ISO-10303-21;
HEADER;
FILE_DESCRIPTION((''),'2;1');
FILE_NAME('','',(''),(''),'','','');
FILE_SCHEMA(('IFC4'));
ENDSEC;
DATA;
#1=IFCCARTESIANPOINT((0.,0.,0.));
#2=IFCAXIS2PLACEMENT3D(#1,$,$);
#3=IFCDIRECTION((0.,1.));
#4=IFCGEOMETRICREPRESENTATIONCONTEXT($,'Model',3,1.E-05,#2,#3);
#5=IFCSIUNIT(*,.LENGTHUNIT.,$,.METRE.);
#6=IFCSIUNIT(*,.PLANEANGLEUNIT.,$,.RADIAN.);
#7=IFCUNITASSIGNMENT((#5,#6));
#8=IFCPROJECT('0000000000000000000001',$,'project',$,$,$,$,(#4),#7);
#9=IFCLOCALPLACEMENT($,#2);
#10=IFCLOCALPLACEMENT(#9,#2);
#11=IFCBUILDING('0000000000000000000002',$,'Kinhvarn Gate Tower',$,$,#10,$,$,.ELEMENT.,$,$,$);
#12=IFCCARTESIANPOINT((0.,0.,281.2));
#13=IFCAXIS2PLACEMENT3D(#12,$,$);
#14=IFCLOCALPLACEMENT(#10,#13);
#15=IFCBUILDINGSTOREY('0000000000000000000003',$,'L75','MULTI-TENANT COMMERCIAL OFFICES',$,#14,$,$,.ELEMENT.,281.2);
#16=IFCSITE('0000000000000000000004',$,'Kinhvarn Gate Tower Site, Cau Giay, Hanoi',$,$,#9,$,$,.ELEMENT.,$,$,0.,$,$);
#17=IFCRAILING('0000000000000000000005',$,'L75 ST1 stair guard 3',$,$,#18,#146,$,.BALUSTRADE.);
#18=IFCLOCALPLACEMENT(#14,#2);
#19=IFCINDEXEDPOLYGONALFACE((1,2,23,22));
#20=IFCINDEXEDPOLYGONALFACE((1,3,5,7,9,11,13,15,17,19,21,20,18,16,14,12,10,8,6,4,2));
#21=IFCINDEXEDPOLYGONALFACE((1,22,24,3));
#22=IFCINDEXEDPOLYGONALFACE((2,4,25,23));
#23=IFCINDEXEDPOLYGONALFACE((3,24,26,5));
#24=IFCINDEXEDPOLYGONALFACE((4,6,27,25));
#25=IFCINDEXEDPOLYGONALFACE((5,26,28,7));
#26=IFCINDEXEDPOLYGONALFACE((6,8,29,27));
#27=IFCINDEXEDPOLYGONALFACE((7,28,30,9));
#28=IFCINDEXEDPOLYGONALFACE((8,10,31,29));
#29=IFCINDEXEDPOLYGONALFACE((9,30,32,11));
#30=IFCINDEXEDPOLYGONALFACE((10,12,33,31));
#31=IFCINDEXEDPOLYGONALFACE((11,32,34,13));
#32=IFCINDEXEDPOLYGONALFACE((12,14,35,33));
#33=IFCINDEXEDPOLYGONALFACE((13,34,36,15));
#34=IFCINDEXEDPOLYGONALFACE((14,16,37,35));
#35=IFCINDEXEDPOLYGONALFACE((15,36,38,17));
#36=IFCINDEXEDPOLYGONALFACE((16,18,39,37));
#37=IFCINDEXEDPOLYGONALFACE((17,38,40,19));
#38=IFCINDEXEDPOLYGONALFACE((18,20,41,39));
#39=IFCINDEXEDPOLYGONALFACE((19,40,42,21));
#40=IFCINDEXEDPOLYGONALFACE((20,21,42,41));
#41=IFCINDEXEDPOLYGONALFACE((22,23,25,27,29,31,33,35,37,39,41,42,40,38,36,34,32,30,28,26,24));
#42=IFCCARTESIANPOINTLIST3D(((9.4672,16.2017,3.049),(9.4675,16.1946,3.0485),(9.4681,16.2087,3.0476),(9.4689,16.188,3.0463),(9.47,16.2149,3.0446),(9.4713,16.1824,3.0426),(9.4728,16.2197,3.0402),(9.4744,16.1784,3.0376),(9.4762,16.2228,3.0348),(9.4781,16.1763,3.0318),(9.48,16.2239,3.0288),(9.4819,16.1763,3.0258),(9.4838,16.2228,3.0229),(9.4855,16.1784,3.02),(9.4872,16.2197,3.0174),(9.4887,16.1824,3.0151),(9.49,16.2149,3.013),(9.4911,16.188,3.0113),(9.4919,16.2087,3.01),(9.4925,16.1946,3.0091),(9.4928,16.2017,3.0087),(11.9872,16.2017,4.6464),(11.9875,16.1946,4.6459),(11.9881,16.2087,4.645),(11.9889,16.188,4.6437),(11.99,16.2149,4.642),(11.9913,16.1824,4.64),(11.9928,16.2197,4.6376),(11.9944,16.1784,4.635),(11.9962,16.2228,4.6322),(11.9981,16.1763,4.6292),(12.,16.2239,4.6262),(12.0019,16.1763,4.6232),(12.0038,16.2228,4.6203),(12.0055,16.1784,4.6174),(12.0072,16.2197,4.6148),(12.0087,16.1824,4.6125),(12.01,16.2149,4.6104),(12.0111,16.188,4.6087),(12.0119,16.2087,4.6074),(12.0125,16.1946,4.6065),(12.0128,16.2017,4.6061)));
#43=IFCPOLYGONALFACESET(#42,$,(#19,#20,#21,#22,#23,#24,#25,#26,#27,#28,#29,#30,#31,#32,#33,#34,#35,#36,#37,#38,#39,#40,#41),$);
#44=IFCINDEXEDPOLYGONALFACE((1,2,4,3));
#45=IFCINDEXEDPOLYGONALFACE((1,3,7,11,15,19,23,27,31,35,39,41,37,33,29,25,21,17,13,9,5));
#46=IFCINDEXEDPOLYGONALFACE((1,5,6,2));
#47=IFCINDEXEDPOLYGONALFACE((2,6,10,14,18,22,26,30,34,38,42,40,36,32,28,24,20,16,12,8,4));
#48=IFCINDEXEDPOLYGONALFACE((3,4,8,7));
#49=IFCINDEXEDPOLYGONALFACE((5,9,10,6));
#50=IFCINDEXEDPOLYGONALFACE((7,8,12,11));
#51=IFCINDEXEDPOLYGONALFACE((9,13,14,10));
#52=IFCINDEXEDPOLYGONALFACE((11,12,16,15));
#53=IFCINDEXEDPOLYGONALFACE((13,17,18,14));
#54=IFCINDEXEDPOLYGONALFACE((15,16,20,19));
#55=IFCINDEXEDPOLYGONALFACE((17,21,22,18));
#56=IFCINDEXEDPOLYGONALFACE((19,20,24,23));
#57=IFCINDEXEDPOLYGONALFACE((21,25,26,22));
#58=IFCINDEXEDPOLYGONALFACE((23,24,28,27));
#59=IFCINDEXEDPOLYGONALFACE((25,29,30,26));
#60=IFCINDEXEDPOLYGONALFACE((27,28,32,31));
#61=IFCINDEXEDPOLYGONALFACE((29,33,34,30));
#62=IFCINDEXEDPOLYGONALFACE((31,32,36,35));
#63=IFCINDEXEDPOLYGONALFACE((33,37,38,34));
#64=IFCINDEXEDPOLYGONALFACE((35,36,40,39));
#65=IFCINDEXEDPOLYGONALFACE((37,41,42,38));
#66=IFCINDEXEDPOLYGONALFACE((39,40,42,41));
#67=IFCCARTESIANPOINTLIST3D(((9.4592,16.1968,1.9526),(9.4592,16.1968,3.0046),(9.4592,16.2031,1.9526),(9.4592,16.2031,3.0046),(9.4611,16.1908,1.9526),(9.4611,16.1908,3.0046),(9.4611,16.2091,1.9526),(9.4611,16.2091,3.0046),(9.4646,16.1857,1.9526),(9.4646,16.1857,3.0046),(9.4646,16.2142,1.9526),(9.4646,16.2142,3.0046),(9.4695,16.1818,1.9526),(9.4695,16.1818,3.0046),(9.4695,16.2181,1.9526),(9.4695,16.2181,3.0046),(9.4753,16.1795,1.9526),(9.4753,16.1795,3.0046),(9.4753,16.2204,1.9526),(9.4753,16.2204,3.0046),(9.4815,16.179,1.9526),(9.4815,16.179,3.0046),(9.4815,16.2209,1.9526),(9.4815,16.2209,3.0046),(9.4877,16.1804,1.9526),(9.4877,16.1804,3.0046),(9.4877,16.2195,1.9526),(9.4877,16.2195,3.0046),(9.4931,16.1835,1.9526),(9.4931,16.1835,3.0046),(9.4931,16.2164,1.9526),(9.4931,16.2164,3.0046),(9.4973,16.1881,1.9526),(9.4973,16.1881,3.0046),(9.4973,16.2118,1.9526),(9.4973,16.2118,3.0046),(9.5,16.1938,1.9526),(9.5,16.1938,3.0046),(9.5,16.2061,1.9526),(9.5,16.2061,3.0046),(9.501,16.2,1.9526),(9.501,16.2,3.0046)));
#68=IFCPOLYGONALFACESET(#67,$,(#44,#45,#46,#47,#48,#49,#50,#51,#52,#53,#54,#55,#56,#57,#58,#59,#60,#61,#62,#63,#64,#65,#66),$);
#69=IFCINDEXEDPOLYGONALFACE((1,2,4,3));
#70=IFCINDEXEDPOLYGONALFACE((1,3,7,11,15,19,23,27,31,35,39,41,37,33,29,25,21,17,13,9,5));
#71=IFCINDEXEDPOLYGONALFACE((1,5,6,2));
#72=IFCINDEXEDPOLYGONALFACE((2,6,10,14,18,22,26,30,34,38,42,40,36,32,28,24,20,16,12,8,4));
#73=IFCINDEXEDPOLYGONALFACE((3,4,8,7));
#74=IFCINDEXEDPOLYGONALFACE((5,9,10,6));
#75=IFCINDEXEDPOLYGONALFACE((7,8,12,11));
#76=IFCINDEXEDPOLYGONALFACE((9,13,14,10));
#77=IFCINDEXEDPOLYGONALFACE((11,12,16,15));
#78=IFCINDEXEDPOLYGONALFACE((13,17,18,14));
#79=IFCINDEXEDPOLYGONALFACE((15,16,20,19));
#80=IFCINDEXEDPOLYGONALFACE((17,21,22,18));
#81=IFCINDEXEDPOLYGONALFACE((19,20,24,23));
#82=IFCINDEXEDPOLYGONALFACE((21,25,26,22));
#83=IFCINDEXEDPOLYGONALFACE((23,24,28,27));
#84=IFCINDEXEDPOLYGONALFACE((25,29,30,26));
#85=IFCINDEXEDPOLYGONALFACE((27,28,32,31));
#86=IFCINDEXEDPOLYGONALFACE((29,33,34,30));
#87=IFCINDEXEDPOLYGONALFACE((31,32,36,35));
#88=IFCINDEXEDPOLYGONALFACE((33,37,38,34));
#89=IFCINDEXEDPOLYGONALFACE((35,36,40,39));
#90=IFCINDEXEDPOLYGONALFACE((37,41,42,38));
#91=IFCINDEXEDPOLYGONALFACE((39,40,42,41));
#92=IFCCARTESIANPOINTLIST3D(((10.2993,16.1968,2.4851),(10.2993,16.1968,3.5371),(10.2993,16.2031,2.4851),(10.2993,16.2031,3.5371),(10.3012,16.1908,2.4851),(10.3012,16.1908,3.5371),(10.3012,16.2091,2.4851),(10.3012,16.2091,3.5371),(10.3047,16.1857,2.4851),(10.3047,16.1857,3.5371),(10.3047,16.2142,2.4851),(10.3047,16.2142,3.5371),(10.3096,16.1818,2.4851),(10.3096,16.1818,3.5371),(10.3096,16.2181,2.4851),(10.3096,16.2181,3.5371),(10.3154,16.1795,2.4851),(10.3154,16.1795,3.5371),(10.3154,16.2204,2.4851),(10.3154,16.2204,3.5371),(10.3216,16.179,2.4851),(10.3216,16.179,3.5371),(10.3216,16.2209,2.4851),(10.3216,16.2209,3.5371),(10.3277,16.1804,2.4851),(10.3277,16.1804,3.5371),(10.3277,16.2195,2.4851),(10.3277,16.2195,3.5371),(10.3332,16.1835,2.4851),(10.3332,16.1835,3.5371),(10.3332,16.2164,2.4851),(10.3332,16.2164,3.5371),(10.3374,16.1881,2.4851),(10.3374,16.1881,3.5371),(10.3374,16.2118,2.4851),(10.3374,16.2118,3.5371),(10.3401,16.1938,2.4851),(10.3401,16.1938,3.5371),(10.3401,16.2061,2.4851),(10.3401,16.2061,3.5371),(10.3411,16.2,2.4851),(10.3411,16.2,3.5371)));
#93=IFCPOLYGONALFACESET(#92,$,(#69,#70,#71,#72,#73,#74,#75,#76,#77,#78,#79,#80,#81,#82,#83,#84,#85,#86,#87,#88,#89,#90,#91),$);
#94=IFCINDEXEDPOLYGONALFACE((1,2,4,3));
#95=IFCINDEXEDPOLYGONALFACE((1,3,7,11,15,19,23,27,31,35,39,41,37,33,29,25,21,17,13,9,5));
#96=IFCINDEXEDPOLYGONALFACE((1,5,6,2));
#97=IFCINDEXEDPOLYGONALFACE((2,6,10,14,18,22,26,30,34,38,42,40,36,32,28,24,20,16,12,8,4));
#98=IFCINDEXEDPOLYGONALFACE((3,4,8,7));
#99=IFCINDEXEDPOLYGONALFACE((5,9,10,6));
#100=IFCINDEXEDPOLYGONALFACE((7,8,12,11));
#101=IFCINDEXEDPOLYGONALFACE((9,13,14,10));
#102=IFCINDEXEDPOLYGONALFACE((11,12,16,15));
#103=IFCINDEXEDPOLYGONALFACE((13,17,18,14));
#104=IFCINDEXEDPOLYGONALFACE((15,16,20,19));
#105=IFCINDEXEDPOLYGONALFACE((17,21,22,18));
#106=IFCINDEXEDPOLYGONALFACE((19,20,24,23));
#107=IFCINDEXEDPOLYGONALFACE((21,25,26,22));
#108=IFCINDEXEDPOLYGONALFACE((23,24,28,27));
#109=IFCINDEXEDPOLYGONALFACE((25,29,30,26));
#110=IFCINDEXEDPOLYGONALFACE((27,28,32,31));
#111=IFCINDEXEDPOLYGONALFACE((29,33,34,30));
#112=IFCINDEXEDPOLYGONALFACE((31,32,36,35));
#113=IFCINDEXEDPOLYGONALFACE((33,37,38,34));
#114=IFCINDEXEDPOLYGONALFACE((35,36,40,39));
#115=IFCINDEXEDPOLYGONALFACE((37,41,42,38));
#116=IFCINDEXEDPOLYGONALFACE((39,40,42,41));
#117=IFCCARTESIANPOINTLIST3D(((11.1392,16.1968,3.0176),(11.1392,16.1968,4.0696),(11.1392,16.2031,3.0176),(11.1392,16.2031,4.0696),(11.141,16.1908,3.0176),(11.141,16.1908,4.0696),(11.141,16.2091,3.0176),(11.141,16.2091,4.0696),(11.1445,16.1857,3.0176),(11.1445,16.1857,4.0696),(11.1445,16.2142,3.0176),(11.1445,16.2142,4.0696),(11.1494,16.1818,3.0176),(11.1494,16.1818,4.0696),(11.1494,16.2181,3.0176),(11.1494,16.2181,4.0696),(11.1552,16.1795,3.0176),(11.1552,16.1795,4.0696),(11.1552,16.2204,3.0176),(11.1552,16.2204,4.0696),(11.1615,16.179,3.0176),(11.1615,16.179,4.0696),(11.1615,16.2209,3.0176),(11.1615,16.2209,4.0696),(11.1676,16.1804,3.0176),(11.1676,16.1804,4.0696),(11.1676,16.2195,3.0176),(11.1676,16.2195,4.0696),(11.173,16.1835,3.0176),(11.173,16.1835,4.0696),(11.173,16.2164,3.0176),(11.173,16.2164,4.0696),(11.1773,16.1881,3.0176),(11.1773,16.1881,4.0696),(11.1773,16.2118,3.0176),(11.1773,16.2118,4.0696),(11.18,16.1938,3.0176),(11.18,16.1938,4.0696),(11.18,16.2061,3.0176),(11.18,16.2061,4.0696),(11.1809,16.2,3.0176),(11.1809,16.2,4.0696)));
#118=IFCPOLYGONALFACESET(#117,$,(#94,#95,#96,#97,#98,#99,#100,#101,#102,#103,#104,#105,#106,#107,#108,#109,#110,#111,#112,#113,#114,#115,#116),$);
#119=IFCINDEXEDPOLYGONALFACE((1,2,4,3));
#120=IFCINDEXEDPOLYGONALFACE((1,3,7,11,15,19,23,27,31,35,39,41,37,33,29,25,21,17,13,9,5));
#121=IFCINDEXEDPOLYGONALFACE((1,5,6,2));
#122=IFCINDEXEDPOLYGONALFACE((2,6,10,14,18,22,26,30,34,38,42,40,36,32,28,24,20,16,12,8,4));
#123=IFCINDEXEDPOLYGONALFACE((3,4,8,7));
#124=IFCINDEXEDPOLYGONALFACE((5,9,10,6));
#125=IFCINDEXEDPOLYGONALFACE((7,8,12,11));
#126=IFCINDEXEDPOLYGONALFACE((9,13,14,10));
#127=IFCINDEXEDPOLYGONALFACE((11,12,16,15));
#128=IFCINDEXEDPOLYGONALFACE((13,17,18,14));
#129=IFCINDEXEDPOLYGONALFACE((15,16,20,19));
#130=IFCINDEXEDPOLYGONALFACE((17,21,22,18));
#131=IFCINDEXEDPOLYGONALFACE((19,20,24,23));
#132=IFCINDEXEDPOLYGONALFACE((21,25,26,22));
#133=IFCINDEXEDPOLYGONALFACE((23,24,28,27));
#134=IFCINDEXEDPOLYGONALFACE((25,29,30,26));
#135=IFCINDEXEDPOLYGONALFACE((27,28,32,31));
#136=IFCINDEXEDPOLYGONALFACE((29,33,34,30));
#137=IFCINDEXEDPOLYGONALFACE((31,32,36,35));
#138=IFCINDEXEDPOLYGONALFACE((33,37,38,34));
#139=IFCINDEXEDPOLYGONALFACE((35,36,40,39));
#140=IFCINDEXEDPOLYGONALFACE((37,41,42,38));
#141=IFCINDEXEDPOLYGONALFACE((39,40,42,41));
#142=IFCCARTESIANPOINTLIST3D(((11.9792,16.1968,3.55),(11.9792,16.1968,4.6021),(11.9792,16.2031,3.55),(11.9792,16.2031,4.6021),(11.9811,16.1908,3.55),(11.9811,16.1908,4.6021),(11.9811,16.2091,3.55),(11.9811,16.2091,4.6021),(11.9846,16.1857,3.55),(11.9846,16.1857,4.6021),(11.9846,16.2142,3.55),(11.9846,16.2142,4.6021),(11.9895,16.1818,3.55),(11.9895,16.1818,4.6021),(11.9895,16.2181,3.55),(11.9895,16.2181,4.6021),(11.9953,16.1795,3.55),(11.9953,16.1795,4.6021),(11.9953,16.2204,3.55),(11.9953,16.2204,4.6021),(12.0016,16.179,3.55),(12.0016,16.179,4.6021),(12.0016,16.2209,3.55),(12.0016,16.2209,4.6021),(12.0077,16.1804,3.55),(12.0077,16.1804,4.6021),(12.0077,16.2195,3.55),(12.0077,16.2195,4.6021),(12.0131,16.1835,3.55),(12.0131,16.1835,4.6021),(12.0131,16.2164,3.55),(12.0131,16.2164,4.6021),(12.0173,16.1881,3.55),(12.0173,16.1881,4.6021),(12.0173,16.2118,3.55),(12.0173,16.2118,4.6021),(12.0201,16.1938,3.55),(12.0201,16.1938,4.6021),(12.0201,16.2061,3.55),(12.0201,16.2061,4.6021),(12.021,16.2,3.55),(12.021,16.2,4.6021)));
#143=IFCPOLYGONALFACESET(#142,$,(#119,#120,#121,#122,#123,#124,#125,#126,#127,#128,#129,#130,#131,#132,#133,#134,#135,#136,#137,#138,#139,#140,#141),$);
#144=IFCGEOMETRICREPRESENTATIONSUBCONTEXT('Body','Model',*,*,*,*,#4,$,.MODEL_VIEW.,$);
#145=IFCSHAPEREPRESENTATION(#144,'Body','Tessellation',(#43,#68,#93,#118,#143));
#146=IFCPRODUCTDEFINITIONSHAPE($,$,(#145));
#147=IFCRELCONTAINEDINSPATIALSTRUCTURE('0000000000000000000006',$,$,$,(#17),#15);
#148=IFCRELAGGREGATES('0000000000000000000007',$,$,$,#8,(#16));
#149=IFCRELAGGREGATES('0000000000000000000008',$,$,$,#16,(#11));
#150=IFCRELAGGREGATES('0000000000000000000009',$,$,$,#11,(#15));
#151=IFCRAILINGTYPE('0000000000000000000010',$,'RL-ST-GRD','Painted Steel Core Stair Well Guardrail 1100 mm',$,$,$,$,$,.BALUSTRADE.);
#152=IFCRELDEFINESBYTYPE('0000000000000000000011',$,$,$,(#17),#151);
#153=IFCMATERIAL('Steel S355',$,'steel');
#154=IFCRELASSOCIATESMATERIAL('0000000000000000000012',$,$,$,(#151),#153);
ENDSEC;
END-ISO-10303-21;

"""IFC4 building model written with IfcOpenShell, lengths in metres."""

from ifc_helpers import new_model, si_unit, direction, frame, origin, origin_2d, place, context, subcontext, project, spatial, circle, extrude, material, type_object, element, save


model = new_model("IFC4")

# Units and contexts
model_context = context("Model", 3, precision=1e-05, world=origin(), true_north=direction((0.0, 1.0)))
body_context = subcontext(model_context, "Body", "Model", "MODEL_VIEW")
ifc_project = project(units=[si_unit("LENGTHUNIT", "METRE"), si_unit("PLANEANGLEUNIT", "RADIAN")], contexts=[model_context])

# Site, building, storey
site_placement = place(None, origin())
site = spatial("IfcSite", under=ifc_project, at=site_placement, Name="Kinhvarn Gate Tower Site, Cau Giay, Hanoi", CompositionType="ELEMENT", RefElevation=0.0)
building_placement = place(site_placement, origin())
building = spatial("IfcBuilding", under=site, at=building_placement, Name="Kinhvarn Gate Tower", CompositionType="ELEMENT")
storey_placement = place(building_placement, frame((0.0, 0.0, 281.2)))
storey = spatial("IfcBuildingStorey", under=building, at=storey_placement, Name="L75", Description="MULTI-TENANT COMMERCIAL OFFICES", CompositionType="ELEMENT", Elevation=281.2)

# Shared definitions
ifc_material_1 = material(Name="Steel S355", Category="steel")

# Railing
railing_type_1 = type_object("IfcRailingType", Name="RL-ST-GRD", Description="Painted Steel Core Stair Well Guardrail 1100 mm", PredefinedType="BALUSTRADE", material=ifc_material_1)
railing_1_placement = place(storey_placement, frame((9.48, 16.2, 1.9526)))
element("IfcRailing", 1, at=railing_1_placement, inside=storey, type_object=railing_type_1, Name="L75 ST1 stair guard 3", PredefinedType="BALUSTRADE", context=body_context, shape_type="SweptSolid", body=[
    extrude(circle(Radius=0.0239, at=origin_2d()), frame((0.0, 0.0, 1.0762), z_axis=(0.844607, 0.0, 0.535387), x_axis=(0.0, 1.0, 0.0)), (0.0, 0.0, 1.0), 2.9836),
    extrude(circle(Radius=0.021, at=origin_2d()), origin(), (0.0, 0.0, 1.0), 1.052),
    extrude(circle(Radius=0.021, at=origin_2d()), frame((0.8401, 0.0, 0.5325)), (0.0, 0.0, 1.0), 1.052),
    extrude(circle(Radius=0.021, at=origin_2d()), frame((1.6799, 0.0, 1.0649)), (0.0, 0.0, 1.0), 1.052),
    extrude(circle(Radius=0.021, at=origin_2d()), frame((2.52, 0.0, 1.5974)), (0.0, 0.0, 1.0), 1.052),
])

save(model, "model.ifc")
